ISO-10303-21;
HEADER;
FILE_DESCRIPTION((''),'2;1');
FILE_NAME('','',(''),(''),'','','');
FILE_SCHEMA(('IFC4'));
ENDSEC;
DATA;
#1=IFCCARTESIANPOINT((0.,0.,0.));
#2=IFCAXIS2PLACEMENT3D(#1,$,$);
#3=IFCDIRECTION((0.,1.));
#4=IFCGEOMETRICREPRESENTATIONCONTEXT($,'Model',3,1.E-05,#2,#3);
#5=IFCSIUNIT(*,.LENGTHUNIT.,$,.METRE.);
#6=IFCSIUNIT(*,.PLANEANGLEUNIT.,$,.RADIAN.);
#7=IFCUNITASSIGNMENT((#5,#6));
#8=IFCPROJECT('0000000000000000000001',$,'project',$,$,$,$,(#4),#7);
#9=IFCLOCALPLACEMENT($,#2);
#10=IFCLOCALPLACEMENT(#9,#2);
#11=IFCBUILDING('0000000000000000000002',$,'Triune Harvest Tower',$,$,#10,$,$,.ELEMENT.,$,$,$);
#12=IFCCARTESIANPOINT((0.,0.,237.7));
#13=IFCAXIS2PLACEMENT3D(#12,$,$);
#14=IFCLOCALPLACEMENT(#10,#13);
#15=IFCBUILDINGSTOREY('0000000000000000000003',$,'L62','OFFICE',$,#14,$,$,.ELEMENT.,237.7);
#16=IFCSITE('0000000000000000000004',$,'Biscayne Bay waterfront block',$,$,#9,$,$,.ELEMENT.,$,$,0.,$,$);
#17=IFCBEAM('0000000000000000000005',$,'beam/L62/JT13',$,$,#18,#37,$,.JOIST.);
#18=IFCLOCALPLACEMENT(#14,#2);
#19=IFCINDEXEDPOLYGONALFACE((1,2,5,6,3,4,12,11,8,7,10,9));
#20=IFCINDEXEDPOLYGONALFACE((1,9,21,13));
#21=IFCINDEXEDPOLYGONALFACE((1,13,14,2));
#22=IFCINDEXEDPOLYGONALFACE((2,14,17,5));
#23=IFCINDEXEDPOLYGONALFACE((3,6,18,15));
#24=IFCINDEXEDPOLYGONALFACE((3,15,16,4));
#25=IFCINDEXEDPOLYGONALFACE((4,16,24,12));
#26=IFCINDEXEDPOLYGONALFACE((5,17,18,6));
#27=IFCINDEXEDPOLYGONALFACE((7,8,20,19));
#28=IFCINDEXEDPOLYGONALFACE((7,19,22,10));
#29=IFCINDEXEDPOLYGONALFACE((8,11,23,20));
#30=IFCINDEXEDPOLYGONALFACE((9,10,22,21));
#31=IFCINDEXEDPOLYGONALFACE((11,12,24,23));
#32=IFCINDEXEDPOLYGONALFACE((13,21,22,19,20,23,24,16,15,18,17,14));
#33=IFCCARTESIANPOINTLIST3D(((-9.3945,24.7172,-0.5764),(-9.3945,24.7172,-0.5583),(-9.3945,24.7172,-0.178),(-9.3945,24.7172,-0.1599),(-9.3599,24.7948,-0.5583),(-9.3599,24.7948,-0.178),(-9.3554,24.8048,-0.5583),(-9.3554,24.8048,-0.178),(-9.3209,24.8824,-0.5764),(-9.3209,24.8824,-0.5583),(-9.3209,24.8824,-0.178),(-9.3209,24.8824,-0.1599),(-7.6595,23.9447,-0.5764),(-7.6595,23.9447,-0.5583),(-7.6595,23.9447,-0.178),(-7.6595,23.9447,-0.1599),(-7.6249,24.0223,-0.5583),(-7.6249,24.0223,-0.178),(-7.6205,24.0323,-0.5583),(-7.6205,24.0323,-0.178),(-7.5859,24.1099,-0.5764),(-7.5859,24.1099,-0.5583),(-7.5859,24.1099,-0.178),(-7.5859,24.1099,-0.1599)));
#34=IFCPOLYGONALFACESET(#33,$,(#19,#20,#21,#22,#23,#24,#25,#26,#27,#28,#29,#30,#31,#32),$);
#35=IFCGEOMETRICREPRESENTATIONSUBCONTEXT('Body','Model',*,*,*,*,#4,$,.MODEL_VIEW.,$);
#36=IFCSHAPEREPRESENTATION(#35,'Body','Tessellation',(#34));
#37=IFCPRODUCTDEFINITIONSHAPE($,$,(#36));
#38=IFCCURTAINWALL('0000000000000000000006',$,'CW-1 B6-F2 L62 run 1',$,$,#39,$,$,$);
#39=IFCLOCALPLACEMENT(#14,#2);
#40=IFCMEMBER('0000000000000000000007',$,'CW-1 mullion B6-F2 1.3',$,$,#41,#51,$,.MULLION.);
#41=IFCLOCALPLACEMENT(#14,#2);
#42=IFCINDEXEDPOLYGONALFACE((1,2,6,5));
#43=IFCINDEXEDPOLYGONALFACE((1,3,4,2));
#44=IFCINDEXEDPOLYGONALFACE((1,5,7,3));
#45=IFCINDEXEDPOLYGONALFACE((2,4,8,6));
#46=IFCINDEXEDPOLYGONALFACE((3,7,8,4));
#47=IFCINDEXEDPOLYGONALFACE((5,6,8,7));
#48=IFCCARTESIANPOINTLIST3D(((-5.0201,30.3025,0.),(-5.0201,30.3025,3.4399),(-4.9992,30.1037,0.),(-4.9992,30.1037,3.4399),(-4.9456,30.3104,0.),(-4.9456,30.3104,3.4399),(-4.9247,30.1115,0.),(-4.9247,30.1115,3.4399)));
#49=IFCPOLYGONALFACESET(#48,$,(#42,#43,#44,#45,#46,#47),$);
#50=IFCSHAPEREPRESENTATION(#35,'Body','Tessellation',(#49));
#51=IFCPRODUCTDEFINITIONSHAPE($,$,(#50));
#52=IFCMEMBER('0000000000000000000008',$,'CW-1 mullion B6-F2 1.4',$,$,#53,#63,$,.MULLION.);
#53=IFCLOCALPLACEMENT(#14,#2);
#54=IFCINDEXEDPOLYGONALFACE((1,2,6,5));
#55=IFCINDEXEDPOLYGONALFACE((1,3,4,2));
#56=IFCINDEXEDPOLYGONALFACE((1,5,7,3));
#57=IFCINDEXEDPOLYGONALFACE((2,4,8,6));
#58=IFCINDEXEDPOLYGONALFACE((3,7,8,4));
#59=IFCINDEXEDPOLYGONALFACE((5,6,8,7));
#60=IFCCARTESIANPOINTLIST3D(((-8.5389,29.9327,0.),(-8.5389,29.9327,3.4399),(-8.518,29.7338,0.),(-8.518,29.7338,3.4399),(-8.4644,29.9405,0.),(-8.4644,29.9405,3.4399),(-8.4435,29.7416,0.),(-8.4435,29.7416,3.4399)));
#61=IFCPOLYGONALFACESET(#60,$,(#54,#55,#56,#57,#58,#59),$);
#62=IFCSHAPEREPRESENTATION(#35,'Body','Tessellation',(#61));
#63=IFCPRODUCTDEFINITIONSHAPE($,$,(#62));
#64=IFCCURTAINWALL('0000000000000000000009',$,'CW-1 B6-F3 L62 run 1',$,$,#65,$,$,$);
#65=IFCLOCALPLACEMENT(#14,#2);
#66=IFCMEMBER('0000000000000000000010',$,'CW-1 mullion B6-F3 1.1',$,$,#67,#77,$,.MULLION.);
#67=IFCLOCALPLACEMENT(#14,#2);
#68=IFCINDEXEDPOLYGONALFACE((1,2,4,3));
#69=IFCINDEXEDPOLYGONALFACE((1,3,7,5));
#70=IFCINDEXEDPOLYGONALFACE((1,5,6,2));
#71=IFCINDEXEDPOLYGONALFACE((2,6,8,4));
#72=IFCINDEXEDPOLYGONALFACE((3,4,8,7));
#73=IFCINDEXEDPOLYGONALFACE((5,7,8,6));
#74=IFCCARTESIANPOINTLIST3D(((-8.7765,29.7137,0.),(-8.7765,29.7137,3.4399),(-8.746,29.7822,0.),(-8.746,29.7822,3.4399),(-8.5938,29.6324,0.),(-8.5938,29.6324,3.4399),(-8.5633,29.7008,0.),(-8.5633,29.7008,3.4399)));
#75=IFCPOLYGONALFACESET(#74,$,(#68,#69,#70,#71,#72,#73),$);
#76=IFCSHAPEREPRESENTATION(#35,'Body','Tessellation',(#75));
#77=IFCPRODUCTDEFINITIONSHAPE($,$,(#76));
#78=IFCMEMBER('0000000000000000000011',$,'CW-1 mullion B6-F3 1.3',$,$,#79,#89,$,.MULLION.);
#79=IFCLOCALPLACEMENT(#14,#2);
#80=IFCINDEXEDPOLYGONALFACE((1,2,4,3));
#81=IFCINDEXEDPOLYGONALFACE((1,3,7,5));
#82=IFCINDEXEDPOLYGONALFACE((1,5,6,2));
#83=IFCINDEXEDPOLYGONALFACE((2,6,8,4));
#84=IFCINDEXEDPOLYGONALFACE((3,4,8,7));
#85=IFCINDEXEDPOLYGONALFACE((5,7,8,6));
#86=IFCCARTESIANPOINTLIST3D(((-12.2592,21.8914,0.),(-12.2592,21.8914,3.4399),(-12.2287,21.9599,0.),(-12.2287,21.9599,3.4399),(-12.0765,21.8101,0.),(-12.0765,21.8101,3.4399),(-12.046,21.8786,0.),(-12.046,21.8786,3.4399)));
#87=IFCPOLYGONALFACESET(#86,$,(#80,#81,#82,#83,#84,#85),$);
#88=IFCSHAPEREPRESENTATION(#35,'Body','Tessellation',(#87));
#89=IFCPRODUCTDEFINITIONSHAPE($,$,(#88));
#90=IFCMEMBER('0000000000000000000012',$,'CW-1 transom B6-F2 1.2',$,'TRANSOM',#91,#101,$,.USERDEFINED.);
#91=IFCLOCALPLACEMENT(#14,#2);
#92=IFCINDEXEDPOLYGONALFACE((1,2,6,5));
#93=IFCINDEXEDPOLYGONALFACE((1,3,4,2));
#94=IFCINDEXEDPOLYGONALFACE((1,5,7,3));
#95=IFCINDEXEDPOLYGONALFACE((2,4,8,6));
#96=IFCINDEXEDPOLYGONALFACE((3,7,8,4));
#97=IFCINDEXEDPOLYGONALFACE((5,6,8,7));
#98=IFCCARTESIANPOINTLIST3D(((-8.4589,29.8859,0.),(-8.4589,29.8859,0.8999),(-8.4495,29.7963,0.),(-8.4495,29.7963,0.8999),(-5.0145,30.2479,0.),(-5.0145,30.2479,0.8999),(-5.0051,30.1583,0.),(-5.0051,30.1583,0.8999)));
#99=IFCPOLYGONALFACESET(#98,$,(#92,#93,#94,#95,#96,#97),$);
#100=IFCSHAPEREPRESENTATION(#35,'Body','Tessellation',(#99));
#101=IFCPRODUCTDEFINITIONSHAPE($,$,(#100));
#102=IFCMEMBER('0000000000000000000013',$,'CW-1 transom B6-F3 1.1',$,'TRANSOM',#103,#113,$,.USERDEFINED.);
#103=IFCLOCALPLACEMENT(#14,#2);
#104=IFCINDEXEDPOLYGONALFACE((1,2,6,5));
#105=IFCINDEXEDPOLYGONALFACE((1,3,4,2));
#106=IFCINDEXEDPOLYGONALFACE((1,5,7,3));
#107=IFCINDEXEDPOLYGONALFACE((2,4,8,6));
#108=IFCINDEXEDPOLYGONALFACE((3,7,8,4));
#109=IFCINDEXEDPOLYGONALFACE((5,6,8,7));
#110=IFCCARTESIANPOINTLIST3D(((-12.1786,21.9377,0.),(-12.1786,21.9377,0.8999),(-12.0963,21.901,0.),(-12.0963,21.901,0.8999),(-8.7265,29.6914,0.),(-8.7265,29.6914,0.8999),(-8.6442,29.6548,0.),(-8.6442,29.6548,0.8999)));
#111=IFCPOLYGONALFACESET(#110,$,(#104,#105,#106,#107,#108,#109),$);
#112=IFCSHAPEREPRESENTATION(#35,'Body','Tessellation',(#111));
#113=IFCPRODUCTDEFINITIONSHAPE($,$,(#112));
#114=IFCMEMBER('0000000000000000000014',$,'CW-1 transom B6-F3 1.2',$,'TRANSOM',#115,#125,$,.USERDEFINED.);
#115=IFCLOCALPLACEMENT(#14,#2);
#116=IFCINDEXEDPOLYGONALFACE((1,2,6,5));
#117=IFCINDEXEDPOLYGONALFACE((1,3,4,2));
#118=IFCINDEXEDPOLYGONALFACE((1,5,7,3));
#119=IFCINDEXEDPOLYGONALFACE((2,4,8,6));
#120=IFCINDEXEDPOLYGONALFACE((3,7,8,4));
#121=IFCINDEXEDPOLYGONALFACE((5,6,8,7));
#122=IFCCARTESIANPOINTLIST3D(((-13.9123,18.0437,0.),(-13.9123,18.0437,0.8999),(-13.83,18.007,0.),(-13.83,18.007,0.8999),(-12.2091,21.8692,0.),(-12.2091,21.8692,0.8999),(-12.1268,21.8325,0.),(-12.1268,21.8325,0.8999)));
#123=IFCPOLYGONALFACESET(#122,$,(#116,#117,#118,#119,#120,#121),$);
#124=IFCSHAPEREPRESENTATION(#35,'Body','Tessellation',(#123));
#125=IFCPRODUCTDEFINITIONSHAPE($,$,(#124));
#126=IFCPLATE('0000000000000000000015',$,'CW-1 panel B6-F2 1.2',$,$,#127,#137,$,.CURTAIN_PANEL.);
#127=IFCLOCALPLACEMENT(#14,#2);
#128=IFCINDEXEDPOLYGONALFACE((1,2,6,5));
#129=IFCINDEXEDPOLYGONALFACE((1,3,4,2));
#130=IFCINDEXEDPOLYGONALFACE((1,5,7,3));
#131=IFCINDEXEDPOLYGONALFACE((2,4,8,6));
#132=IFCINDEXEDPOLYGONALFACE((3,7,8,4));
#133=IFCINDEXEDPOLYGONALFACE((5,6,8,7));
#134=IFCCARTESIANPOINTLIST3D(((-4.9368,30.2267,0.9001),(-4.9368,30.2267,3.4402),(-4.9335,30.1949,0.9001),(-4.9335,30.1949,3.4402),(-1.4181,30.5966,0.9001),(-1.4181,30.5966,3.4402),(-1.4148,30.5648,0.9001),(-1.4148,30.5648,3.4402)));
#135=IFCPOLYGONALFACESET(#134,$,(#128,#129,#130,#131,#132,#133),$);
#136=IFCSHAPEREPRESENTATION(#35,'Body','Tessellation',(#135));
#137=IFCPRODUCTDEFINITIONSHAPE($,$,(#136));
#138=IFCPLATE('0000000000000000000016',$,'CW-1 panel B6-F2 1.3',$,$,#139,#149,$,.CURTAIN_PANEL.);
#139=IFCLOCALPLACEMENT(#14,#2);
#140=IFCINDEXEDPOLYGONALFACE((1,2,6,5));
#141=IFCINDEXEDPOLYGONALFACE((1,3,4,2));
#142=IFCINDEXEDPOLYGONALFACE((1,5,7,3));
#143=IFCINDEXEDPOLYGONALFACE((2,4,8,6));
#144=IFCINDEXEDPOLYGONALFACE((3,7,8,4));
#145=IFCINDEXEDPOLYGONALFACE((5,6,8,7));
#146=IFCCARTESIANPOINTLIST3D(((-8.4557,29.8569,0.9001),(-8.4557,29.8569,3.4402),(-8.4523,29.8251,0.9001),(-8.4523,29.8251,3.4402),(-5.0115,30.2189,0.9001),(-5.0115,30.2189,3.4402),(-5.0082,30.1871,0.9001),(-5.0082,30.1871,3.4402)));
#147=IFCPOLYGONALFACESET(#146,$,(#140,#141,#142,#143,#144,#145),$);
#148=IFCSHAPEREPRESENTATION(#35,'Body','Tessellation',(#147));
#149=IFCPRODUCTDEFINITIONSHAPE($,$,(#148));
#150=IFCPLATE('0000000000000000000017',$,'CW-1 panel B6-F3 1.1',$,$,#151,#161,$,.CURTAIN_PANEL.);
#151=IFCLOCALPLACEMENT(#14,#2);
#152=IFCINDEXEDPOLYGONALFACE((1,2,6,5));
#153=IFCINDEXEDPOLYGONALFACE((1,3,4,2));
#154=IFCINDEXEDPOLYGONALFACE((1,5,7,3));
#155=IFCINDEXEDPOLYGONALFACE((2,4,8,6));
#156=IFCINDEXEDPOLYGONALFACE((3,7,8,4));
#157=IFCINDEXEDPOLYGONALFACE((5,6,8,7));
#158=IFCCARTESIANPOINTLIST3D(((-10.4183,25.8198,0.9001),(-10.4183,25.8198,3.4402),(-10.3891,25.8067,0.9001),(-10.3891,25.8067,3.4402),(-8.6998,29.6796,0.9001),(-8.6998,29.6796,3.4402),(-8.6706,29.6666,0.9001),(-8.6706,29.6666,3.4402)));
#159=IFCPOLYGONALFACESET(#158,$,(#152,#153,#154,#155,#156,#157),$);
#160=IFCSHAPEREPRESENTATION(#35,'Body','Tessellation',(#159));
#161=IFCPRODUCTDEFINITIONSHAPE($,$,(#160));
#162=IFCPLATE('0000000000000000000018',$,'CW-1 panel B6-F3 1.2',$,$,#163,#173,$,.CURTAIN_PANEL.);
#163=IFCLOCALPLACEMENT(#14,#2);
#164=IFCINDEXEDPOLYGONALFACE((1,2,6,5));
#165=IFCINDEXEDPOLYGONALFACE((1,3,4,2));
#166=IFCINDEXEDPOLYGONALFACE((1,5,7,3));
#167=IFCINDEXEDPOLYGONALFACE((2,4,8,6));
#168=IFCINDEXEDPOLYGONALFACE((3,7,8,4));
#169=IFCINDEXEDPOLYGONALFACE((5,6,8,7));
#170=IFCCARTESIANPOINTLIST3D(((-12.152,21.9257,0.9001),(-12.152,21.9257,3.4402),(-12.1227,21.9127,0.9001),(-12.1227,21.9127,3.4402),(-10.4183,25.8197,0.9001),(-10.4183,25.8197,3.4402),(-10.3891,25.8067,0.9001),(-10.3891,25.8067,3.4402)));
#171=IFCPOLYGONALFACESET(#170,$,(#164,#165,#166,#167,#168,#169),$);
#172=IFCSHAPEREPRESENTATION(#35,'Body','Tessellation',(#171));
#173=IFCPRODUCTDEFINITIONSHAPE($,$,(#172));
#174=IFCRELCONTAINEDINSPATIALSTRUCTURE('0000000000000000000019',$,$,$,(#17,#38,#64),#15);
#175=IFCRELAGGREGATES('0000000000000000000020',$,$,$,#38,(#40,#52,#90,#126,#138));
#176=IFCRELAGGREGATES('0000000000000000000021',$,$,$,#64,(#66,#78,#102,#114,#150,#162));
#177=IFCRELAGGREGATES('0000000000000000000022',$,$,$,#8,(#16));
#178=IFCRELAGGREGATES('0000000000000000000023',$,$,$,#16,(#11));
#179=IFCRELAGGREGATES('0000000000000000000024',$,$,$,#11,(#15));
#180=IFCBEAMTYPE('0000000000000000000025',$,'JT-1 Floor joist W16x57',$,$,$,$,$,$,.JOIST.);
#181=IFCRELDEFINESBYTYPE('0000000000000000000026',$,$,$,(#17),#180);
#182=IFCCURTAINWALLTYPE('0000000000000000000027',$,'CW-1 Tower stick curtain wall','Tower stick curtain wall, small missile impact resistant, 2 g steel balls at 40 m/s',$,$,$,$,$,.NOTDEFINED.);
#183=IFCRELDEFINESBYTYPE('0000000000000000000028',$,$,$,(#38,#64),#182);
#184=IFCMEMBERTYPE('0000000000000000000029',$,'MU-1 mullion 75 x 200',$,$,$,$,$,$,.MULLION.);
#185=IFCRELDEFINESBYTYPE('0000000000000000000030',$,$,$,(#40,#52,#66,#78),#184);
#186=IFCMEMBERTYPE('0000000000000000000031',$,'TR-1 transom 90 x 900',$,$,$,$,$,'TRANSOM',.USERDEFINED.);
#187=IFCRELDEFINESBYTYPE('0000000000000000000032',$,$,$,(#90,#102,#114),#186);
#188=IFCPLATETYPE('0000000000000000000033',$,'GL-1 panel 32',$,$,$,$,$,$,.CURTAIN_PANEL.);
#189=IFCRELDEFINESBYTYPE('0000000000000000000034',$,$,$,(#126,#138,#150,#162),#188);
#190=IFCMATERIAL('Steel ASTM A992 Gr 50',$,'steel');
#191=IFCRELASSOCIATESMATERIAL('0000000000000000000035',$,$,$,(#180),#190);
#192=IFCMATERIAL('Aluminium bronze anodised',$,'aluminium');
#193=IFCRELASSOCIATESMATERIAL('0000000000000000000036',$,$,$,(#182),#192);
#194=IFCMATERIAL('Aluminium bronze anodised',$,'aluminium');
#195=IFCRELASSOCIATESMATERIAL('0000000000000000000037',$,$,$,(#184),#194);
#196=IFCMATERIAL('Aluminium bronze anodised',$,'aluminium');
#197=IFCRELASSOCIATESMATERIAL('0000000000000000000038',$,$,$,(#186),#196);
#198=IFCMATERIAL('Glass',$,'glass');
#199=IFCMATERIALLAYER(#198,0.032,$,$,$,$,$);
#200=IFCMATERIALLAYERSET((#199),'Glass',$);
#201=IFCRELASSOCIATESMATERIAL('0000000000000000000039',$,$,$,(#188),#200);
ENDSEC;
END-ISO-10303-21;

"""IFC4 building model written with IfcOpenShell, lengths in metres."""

from ifc_helpers import new_model, si_unit, direction, frame, origin, origin_2d, place, context, subcontext, project, spatial, rectangle, i_section, extrude, source, transform, mapped, material, layer, layer_set, material_profile, profile_set, type_object, element, aggregate, save


model = new_model("IFC4")

# Units and contexts
model_context = context("Model", 3, precision=1e-05, world=origin(), true_north=direction((0.0, 1.0)))
body_context = subcontext(model_context, "Body", "Model", "MODEL_VIEW")
ifc_project = project(units=[si_unit("LENGTHUNIT", "METRE"), si_unit("PLANEANGLEUNIT", "RADIAN")], contexts=[model_context])

# Site, building, storey
site_placement = place(None, origin())
site = spatial("IfcSite", under=ifc_project, at=site_placement, Name="Biscayne Bay waterfront block", CompositionType="ELEMENT", RefElevation=0.0)
building_placement = place(site_placement, origin())
building = spatial("IfcBuilding", under=site, at=building_placement, Name="Triune Harvest Tower", CompositionType="ELEMENT")
storey_placement = place(building_placement, frame((0.0, 0.0, 237.7)))
storey = spatial("IfcBuildingStorey", under=building, at=storey_placement, Name="L62", Description="OFFICE", CompositionType="ELEMENT", Elevation=237.7)

# Beam
ifc_material_1 = material(Name="Steel ASTM A992 Gr 50", Category="steel")
ifc_material_profile_1 = material_profile(ifc_material_1, i_section(OverallWidth=0.1809, OverallDepth=0.4165, WebThickness=0.011, FlangeThickness=0.0181, at=origin_2d()), Name="W16x57")
ifc_profile_set_1 = profile_set([ifc_material_profile_1], Name="Steel ASTM A992 Gr 50")
beam_type_1 = type_object("IfcBeamType", Name="JT-1 Floor joist W16x57", PredefinedType="JOIST", material=ifc_profile_set_1)
shared_shape_1 = source(origin(), body_context, "Body", "SweptSolid", [
    extrude(i_section(OverallWidth=0.1809, OverallDepth=0.4165, WebThickness=0.011, FlangeThickness=0.0181, at=origin_2d()), origin(), (0.0, 0.0, 1.0), 1.8992),
])
beam_1_placement = place(storey_placement, frame((-9.3577, 24.7998, -0.3682), z_axis=(0.913536, -0.406759, 0.0), x_axis=(0.406759, 0.913536, 0.0)))
element("IfcBeam", 1, at=beam_1_placement, inside=storey, type_object=beam_type_1, Name="beam/L62/JT13", PredefinedType="JOIST", context=body_context, shape_type="MappedRepresentation", body=[
    mapped(shared_shape_1, transform((0.0, 0.0, 0.0), scale=1.0)),
])

# Curtain walls, members
ifc_material_2 = material(Name="Aluminium bronze anodised", Category="aluminium")
curtain_wall_type = type_object("IfcCurtainWallType", Name="CW-1 Tower stick curtain wall", Description="Tower stick curtain wall, small missile impact resistant, 2 g steel balls at 40 m/s", PredefinedType="NOTDEFINED", material=ifc_material_2)
curtain_wall_1_placement = place(storey_placement, origin())
curtain_wall_1 = element("IfcCurtainWall", 2, at=curtain_wall_1_placement, inside=storey, type_object=curtain_wall_type, Name="CW-1 B6-F2 L62 run 1")
ifc_material_3 = material(Name="Aluminium bronze anodised", Category="aluminium")
ifc_material_profile_2 = material_profile(ifc_material_3, rectangle(XDim=0.2, YDim=0.075, at=origin_2d()), Name="MU-1 mullion 75 x 200")
ifc_profile_set_2 = profile_set([ifc_material_profile_2], Name="Aluminium bronze anodised")
member_type_1 = type_object("IfcMemberType", Name="MU-1 mullion 75 x 200", PredefinedType="MULLION", material=ifc_profile_set_2)
shared_shape_2 = source(origin(), body_context, "Body", "SweptSolid", [
    extrude(rectangle(XDim=0.2, YDim=0.075, at=origin_2d()), origin(), (0.0, 0.0, 1.0), 3.4399),
])
member_1_placement = place(storey_placement, frame((-4.9724, 30.207, 0.0), z_axis=(0.0, 0.0, 1.0), x_axis=(0.10453, -0.994522, 0.0)))
member_1 = element("IfcMember", 3, at=member_1_placement, type_object=member_type_1, Name="CW-1 mullion B6-F2 1.3", PredefinedType="MULLION", context=body_context, shape_type="MappedRepresentation", body=[
    mapped(shared_shape_2, transform((0.0, 0.0, 0.0), scale=1.0)),
])
member_2_placement = place(storey_placement, frame((-8.4912, 29.8372, 0.0), z_axis=(0.0, 0.0, 1.0), x_axis=(0.10453, -0.994522, 0.0)))
member_2 = element("IfcMember", 4, at=member_2_placement, type_object=member_type_1, Name="CW-1 mullion B6-F2 1.4", PredefinedType="MULLION", context=body_context, shape_type="MappedRepresentation", body=[
    mapped(shared_shape_2, transform((0.0, 0.0, 0.0), scale=1.0)),
])
curtain_wall_2_placement = place(storey_placement, origin())
curtain_wall_2 = element("IfcCurtainWall", 5, at=curtain_wall_2_placement, inside=storey, type_object=curtain_wall_type, Name="CW-1 B6-F3 L62 run 1")
member_3_placement = place(storey_placement, frame((-8.6699, 29.7073, 0.0), z_axis=(0.0, 0.0, 1.0), x_axis=(0.913546, -0.406735, 0.0)))
member_3 = element("IfcMember", 6, at=member_3_placement, type_object=member_type_1, Name="CW-1 mullion B6-F3 1.1", PredefinedType="MULLION", context=body_context, shape_type="MappedRepresentation", body=[
    mapped(shared_shape_2, transform((0.0, 0.0, 0.0), scale=1.0)),
])
member_4_placement = place(storey_placement, frame((-12.1526, 21.885, 0.0), z_axis=(0.0, 0.0, 1.0), x_axis=(0.913546, -0.406735, 0.0)))
member_4 = element("IfcMember", 7, at=member_4_placement, type_object=member_type_1, Name="CW-1 mullion B6-F3 1.3", PredefinedType="MULLION", context=body_context, shape_type="MappedRepresentation", body=[
    mapped(shared_shape_2, transform((0.0, 0.0, 0.0), scale=1.0)),
])

# Members
ifc_material_4 = material(Name="Aluminium bronze anodised", Category="aluminium")
ifc_material_profile_3 = material_profile(ifc_material_4, rectangle(XDim=0.0901, YDim=0.8999, at=origin_2d()), Name="TR-1 transom 90 x 900")
ifc_profile_set_3 = profile_set([ifc_material_profile_3], Name="Aluminium bronze anodised")
member_type_2 = type_object("IfcMemberType", Name="TR-1 transom 90 x 900", ElementType="TRANSOM", PredefinedType="USERDEFINED", material=ifc_profile_set_3)
shared_shape_3 = source(origin(), body_context, "Body", "SweptSolid", [
    extrude(rectangle(XDim=0.0901, YDim=0.8999, at=origin_2d()), origin(), (0.0, 0.0, 1.0), 3.4634),
])
member_5_placement = place(storey_placement, frame((-5.0098, 30.2031, 0.45), z_axis=(-0.994521, -0.104542, 0.0), x_axis=(0.104542, -0.994521, 0.0)))
member_5 = element("IfcMember", 8, at=member_5_placement, type_object=member_type_2, Name="CW-1 transom B6-F2 1.2", ObjectType="TRANSOM", PredefinedType="USERDEFINED", context=body_context, shape_type="MappedRepresentation", body=[
    mapped(shared_shape_3, transform((0.0, 0.0, 0.0), scale=1.0)),
])
shared_shape_4 = source(origin(), body_context, "Body", "SweptSolid", [
    extrude(rectangle(XDim=0.0901, YDim=0.8999, at=origin_2d()), origin(), (0.0, 0.0, 1.0), 8.4875),
])
member_6_placement = place(storey_placement, frame((-8.6853, 29.6731, 0.45), z_axis=(-0.406736, -0.913546, 0.0), x_axis=(0.913546, -0.406736, 0.0)))
member_6 = element("IfcMember", 9, at=member_6_placement, type_object=member_type_2, Name="CW-1 transom B6-F3 1.1", ObjectType="TRANSOM", PredefinedType="USERDEFINED", context=body_context, shape_type="MappedRepresentation", body=[
    mapped(shared_shape_4, transform((0.0, 0.0, 0.0), scale=1.0)),
])
shared_shape_5 = source(origin(), body_context, "Body", "SweptSolid", [
    extrude(rectangle(XDim=0.0901, YDim=0.8999, at=origin_2d()), origin(), (0.0, 0.0, 1.0), 4.1875),
])
member_7_placement = place(storey_placement, frame((-12.168, 21.8508, 0.45), z_axis=(-0.406723, -0.913552, 0.0), x_axis=(0.913552, -0.406723, 0.0)))
member_7 = element("IfcMember", 10, at=member_7_placement, type_object=member_type_2, Name="CW-1 transom B6-F3 1.2", ObjectType="TRANSOM", PredefinedType="USERDEFINED", context=body_context, shape_type="MappedRepresentation", body=[
    mapped(shared_shape_5, transform((0.0, 0.0, 0.0), scale=1.0)),
])

# Plates
ifc_material_5 = material(Name="Glass", Category="glass")
ifc_layer_1 = layer(ifc_material_5, 0.032)
ifc_layer_set_1 = layer_set([ifc_layer_1], Name="Glass")
plate_type = type_object("IfcPlateType", Name="GL-1 panel 32", PredefinedType="CURTAIN_PANEL", material=ifc_layer_set_1)
shared_shape_6 = source(origin(), body_context, "Body", "SweptSolid", [
    extrude(rectangle(XDim=3.5381, YDim=0.032, at=origin_2d()), origin(), (0.0, 0.0, 1.0), 2.54),
])
plate_1_placement = place(storey_placement, frame((-3.1758, 30.3958, 0.9001), z_axis=(0.0, 0.0, 1.0), x_axis=(-0.994522, -0.10453, 0.0)))
plate_1 = element("IfcPlate", 11, at=plate_1_placement, type_object=plate_type, Name="CW-1 panel B6-F2 1.2", PredefinedType="CURTAIN_PANEL", context=body_context, shape_type="MappedRepresentation", body=[
    mapped(shared_shape_6, transform((0.0, 0.0, 0.0), scale=1.0)),
])
shared_shape_7 = source(origin(), body_context, "Body", "SweptSolid", [
    extrude(rectangle(XDim=3.4631, YDim=0.032, at=origin_2d()), origin(), (0.0, 0.0, 1.0), 2.54),
])
plate_2_placement = place(storey_placement, frame((-6.7319, 30.022, 0.9001), z_axis=(0.0, 0.0, 1.0), x_axis=(-0.994522, -0.10453, 0.0)))
plate_2 = element("IfcPlate", 12, at=plate_2_placement, type_object=plate_type, Name="CW-1 panel B6-F2 1.3", PredefinedType="CURTAIN_PANEL", context=body_context, shape_type="MappedRepresentation", body=[
    mapped(shared_shape_7, transform((0.0, 0.0, 0.0), scale=1.0)),
])
aggregate(curtain_wall_1, [member_1, member_2, member_5, plate_1, plate_2])
shared_shape_8 = source(origin(), body_context, "Body", "SweptSolid", [
    extrude(rectangle(XDim=4.2251, YDim=0.032, at=origin_2d()), origin(), (0.0, 0.0, 1.0), 2.54),
])
plate_3_placement = place(storey_placement, frame((-9.5444, 27.7432, 0.9001), z_axis=(0.0, 0.0, 1.0), x_axis=(-0.406735, -0.913546, 0.0)))
plate_3 = element("IfcPlate", 13, at=plate_3_placement, type_object=plate_type, Name="CW-1 panel B6-F3 1.1", PredefinedType="CURTAIN_PANEL", context=body_context, shape_type="MappedRepresentation", body=[
    mapped(shared_shape_8, transform((0.0, 0.0, 0.0), scale=1.0)),
])
shared_shape_9 = source(origin(), body_context, "Body", "SweptSolid", [
    extrude(rectangle(XDim=4.2625, YDim=0.032, at=origin_2d()), origin(), (0.0, 0.0, 1.0), 2.54),
])
plate_4_placement = place(storey_placement, frame((-11.2705, 23.8662, 0.9001), z_axis=(0.0, 0.0, 1.0), x_axis=(-0.406735, -0.913546, 0.0)))
plate_4 = element("IfcPlate", 14, at=plate_4_placement, type_object=plate_type, Name="CW-1 panel B6-F3 1.2", PredefinedType="CURTAIN_PANEL", context=body_context, shape_type="MappedRepresentation", body=[
    mapped(shared_shape_9, transform((0.0, 0.0, 0.0), scale=1.0)),
])
aggregate(curtain_wall_2, [member_3, member_4, member_6, member_7, plate_3, plate_4])

save(model, "model.ifc")
